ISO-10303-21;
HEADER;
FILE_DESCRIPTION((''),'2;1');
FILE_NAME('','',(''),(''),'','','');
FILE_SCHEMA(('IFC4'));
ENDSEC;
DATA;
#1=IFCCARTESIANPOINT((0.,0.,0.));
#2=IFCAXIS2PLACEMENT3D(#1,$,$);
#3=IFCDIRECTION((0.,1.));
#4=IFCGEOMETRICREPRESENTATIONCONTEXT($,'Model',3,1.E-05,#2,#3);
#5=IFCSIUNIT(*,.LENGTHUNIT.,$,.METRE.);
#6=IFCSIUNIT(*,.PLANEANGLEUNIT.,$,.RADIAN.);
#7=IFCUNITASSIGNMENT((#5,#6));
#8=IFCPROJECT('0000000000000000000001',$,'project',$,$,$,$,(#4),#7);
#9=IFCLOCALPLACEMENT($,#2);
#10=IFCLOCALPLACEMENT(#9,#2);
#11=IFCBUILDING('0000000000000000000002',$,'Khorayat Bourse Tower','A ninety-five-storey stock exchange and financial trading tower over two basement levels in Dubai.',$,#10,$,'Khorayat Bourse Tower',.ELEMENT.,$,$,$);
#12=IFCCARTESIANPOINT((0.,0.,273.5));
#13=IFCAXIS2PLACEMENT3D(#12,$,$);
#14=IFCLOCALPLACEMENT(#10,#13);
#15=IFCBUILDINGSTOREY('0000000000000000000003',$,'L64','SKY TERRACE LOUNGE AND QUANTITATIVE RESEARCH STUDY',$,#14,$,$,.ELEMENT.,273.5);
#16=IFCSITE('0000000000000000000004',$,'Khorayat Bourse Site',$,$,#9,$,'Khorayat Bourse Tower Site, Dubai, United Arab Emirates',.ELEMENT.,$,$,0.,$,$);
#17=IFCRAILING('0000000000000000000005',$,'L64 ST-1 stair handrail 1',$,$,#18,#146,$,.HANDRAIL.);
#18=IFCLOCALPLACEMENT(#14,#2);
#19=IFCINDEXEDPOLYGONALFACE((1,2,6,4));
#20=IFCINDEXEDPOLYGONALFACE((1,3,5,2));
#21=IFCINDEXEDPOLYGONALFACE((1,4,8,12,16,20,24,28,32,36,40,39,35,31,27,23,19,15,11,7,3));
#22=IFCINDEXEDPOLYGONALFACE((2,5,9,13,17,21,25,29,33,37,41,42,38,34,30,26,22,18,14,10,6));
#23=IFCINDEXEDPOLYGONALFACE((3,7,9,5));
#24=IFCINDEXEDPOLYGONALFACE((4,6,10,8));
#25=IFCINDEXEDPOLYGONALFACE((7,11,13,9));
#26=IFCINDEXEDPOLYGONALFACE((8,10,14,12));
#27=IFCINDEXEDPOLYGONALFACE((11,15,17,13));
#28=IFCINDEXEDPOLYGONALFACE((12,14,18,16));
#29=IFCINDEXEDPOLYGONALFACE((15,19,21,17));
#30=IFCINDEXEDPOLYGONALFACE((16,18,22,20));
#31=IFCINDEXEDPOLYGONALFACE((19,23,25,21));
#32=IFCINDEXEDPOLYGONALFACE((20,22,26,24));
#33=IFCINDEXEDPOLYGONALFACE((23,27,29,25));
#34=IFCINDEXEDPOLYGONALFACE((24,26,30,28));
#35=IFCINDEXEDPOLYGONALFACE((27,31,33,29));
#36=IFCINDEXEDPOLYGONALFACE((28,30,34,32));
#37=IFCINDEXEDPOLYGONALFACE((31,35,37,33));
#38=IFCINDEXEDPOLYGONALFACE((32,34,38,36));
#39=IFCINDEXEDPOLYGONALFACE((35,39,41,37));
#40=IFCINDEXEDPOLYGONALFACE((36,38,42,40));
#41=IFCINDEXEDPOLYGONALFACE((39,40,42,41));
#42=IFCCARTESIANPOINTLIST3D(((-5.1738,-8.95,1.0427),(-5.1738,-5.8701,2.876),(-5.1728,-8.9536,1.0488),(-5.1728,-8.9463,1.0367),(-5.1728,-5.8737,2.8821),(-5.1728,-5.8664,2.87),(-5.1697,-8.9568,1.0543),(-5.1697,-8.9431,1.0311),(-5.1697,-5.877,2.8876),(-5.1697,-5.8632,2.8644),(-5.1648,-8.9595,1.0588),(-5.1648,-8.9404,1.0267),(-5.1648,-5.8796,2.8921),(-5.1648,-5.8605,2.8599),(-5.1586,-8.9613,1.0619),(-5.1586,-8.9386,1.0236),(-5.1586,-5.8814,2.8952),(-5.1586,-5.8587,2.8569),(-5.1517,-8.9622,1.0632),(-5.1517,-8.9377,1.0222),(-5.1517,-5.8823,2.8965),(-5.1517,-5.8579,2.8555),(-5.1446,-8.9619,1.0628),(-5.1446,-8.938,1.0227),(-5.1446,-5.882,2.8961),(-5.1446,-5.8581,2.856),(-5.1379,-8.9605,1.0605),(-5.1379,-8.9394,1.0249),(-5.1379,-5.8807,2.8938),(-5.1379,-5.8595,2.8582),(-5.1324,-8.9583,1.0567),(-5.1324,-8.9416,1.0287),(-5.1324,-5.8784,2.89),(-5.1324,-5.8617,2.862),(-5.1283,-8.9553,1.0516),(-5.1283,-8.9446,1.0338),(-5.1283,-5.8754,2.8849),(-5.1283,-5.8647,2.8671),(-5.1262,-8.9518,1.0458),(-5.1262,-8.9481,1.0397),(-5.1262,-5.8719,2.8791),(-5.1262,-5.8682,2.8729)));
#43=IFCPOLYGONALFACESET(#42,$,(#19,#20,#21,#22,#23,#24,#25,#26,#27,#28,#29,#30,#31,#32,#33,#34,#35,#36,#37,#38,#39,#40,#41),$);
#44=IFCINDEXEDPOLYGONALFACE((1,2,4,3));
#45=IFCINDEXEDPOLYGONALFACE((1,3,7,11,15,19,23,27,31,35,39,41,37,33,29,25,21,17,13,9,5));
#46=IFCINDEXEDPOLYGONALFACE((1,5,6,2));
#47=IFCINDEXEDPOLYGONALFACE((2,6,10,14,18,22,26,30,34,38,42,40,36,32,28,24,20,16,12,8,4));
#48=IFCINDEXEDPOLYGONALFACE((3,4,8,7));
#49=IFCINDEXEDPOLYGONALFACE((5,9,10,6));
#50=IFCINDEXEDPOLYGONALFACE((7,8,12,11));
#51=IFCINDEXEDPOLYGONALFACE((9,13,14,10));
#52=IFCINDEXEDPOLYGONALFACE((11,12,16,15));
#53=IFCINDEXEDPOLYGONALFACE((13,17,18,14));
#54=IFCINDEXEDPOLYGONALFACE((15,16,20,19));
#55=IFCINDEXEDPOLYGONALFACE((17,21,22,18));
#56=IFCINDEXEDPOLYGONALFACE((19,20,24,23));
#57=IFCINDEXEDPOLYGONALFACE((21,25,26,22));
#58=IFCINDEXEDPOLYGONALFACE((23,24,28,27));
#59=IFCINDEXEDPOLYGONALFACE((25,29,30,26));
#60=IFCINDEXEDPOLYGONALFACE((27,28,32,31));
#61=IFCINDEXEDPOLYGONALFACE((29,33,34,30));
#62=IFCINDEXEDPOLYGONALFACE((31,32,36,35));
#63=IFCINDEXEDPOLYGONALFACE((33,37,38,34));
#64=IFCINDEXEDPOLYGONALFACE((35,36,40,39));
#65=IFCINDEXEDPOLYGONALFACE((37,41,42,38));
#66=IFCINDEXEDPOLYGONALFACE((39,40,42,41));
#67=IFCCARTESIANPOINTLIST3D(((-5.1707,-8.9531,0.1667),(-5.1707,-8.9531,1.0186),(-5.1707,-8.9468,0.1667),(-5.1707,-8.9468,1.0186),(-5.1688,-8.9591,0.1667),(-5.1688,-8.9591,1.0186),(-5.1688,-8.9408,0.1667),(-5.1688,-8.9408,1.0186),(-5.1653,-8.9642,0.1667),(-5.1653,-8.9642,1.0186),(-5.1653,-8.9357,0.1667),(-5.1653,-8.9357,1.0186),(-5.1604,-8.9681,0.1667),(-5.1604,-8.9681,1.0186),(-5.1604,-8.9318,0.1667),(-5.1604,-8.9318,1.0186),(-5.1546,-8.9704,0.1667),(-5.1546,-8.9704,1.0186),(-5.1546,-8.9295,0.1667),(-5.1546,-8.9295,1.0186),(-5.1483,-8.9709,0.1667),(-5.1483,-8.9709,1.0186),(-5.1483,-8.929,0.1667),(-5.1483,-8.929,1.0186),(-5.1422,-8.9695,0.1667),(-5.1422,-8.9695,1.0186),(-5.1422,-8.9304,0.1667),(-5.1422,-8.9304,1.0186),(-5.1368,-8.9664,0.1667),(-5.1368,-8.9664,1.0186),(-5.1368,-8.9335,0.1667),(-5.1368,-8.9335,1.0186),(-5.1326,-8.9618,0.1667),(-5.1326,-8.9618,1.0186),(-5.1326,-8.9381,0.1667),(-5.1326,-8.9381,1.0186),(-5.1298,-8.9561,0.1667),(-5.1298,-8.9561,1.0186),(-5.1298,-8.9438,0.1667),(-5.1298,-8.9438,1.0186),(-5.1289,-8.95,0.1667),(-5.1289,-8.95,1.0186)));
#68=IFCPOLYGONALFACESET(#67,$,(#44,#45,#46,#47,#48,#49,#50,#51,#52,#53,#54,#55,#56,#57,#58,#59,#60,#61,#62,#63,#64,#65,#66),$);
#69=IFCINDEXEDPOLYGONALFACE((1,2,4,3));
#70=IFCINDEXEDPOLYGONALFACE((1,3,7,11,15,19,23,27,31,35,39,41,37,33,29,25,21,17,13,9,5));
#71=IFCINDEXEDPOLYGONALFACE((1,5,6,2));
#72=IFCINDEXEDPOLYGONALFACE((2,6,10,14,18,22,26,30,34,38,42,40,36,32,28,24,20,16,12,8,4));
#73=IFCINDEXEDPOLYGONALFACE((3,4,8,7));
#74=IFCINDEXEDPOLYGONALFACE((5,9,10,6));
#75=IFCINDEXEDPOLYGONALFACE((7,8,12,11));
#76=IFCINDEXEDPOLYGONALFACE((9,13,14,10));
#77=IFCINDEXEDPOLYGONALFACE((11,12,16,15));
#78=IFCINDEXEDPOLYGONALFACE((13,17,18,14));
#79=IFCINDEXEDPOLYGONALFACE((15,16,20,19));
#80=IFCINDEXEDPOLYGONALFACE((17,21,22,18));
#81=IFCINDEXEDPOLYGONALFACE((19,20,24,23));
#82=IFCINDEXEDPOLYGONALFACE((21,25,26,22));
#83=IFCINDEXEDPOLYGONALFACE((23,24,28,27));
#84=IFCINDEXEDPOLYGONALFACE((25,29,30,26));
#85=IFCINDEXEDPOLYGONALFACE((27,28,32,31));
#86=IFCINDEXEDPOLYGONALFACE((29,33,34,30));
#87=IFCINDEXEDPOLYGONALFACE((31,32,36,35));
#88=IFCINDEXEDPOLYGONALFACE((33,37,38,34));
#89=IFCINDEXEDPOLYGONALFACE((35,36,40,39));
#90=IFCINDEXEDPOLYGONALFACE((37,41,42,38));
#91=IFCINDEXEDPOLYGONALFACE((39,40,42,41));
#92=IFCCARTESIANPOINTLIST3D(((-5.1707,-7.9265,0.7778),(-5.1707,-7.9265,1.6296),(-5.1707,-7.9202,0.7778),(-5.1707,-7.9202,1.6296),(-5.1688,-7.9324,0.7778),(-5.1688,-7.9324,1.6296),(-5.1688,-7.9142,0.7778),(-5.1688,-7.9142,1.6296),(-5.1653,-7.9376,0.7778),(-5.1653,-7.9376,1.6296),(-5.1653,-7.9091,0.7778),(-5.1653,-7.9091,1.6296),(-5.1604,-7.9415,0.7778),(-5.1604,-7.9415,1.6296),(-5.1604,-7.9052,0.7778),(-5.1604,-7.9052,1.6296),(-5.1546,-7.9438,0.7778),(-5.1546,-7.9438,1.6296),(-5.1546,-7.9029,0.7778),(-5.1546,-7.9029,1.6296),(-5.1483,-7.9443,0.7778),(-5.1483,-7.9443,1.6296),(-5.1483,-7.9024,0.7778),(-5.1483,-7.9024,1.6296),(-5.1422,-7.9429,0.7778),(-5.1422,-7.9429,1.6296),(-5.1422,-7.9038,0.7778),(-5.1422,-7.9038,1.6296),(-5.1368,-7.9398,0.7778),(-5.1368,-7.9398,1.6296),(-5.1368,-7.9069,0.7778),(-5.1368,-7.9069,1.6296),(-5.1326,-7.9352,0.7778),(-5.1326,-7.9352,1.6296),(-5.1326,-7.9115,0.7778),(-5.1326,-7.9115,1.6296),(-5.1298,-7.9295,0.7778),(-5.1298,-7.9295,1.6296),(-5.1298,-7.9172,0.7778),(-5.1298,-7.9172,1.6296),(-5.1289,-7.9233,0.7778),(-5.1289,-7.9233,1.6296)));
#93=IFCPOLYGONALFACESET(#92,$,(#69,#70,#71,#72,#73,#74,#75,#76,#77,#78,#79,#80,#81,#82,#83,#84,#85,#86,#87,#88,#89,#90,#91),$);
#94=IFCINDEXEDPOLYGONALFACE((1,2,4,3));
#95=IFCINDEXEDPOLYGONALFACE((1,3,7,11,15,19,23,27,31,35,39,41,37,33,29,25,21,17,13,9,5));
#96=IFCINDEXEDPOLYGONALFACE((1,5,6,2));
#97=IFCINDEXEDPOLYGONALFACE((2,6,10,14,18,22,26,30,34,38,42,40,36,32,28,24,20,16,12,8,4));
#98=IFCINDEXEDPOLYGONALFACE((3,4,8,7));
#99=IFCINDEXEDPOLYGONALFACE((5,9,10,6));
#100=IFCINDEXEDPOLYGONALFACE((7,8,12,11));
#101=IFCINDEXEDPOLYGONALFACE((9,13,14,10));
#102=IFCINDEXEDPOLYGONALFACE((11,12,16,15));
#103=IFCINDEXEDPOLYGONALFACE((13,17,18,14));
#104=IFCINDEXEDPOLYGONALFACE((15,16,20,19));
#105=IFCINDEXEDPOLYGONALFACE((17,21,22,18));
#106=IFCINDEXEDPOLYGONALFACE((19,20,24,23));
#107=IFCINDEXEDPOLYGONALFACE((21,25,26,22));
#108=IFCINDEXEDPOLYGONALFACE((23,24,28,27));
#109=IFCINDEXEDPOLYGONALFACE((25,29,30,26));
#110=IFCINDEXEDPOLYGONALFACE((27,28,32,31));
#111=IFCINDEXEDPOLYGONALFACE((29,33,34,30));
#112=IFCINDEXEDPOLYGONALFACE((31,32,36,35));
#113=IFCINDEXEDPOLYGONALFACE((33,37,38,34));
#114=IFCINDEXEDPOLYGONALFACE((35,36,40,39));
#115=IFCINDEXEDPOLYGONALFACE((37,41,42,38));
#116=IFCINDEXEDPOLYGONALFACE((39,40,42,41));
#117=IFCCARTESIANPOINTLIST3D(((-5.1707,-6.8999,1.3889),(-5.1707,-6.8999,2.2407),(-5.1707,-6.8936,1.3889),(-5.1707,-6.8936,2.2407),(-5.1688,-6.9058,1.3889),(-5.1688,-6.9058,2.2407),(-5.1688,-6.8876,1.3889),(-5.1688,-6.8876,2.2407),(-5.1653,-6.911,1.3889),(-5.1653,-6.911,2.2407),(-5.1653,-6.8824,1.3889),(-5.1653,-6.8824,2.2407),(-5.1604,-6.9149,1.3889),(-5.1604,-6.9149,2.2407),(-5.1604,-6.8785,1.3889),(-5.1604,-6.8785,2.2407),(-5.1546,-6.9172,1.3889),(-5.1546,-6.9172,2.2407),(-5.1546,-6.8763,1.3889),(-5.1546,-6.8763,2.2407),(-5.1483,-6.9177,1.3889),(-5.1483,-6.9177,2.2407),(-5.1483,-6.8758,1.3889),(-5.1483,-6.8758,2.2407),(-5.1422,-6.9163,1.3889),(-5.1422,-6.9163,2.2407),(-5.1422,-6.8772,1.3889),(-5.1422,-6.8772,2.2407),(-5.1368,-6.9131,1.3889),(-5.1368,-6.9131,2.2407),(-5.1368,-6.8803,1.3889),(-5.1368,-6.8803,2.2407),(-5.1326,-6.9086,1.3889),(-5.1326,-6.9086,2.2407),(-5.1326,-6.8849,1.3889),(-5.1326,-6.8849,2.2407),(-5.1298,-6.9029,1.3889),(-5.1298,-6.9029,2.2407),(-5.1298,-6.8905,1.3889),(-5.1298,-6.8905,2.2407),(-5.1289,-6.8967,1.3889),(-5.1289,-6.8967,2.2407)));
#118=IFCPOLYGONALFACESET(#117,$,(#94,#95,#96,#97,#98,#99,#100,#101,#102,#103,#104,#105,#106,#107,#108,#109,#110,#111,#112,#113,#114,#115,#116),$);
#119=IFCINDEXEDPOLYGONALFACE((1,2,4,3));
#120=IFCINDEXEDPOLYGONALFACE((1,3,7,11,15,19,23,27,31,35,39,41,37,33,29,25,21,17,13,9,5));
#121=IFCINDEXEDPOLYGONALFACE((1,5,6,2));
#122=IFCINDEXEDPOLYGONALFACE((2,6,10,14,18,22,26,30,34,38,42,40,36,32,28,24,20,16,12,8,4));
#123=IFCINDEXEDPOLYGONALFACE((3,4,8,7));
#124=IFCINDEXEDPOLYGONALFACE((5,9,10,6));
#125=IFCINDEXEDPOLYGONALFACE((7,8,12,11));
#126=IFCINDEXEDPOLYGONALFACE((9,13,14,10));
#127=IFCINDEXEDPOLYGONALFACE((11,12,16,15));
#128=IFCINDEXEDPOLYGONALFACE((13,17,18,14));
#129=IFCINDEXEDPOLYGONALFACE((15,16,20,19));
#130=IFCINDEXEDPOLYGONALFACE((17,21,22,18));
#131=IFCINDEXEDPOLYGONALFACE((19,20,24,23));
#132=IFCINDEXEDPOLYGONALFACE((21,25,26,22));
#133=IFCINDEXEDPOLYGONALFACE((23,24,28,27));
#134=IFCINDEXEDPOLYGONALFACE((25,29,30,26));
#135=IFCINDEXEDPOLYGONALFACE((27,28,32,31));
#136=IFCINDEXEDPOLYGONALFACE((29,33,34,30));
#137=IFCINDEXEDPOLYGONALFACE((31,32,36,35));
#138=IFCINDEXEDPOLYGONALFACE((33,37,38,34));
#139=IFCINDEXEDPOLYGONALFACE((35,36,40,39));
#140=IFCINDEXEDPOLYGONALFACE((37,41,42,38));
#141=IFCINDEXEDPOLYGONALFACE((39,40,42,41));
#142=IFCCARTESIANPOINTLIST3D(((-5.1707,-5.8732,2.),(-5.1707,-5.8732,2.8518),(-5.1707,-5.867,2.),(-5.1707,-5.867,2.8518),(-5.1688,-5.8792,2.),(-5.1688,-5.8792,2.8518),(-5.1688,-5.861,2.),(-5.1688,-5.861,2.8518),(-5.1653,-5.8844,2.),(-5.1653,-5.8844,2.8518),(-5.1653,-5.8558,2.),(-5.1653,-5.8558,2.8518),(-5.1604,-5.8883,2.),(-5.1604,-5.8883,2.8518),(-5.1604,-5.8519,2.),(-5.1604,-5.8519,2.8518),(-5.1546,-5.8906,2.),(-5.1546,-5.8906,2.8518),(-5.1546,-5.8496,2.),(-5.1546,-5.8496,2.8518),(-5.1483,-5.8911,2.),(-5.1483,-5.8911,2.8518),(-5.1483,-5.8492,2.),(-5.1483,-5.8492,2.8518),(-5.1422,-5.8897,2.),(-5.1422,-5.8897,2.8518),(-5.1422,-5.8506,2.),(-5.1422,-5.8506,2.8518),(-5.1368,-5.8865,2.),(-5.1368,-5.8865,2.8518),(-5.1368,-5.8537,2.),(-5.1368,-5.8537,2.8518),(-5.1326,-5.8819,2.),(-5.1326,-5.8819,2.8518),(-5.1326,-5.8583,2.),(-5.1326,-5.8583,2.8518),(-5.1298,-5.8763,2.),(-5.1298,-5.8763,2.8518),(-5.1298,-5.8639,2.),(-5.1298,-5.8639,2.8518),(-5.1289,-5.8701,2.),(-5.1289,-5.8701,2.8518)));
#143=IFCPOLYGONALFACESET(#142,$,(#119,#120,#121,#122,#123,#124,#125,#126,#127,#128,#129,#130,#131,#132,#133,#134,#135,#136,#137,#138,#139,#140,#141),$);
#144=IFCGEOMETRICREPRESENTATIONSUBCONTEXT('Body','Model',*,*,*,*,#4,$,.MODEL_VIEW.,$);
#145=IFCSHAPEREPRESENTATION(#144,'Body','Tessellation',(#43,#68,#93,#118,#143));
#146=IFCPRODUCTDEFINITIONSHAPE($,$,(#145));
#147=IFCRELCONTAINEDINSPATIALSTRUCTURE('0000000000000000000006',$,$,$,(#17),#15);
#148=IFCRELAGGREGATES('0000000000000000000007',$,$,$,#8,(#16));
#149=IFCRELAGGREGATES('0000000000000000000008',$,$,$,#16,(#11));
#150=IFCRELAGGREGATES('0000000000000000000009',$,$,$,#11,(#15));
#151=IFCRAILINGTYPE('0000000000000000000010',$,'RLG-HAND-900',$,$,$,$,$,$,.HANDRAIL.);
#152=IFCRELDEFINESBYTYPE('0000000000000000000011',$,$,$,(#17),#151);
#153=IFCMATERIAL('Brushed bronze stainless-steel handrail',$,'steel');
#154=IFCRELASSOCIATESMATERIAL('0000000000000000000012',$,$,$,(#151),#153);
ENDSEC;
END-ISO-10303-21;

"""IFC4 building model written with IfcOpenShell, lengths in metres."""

from ifc_helpers import new_model, si_unit, direction, frame, origin, origin_2d, place, context, subcontext, project, spatial, circle, extrude, source, transform, mapped, material, type_object, element, save


model = new_model("IFC4")

# Units and contexts
model_context = context("Model", 3, precision=1e-05, world=origin(), true_north=direction((0.0, 1.0)))
body_context = subcontext(model_context, "Body", "Model", "MODEL_VIEW")
ifc_project = project(units=[si_unit("LENGTHUNIT", "METRE"), si_unit("PLANEANGLEUNIT", "RADIAN")], contexts=[model_context])

# Site, building, storey
site_placement = place(None, origin())
site = spatial("IfcSite", under=ifc_project, at=site_placement, Name="Khorayat Bourse Site", LongName="Khorayat Bourse Tower Site, Dubai, United Arab Emirates", CompositionType="ELEMENT", RefElevation=0.0)
building_placement = place(site_placement, origin())
building = spatial("IfcBuilding", under=site, at=building_placement, Name="Khorayat Bourse Tower", Description="A ninety-five-storey stock exchange and financial trading tower over two basement levels in Dubai.", LongName="Khorayat Bourse Tower", CompositionType="ELEMENT")
storey_placement = place(building_placement, frame((0.0, 0.0, 273.5)))
storey = spatial("IfcBuildingStorey", under=building, at=storey_placement, Name="L64", Description="SKY TERRACE LOUNGE AND QUANTITATIVE RESEARCH STUDY", CompositionType="ELEMENT", Elevation=273.5)

# Railing
ifc_material_1 = material(Name="Brushed bronze stainless-steel handrail", Category="steel")
railing_type_1 = type_object("IfcRailingType", Name="RLG-HAND-900", PredefinedType="HANDRAIL", material=ifc_material_1)
shared_shape_1 = source(origin(), body_context, "Body", "SweptSolid", [
    extrude(circle(Radius=0.0239, at=origin_2d()), frame((0.0, 0.0, 0.876), z_axis=(0.0, 0.859291, 0.511487), x_axis=(-1.0, 0.0, 0.0)), (0.0, 0.0, 1.0), 3.5842),
    extrude(circle(Radius=0.021, at=origin_2d()), origin(), (0.0, 0.0, 1.0), 0.8518),
    extrude(circle(Radius=0.021, at=origin_2d()), frame((0.0, 1.0266, 0.6111)), (0.0, 0.0, 1.0), 0.8518),
    extrude(circle(Radius=0.021, at=origin_2d()), frame((0.0, 2.0532, 1.2222)), (0.0, 0.0, 1.0), 0.8518),
    extrude(circle(Radius=0.021, at=origin_2d()), frame((0.0, 3.0798, 1.8333)), (0.0, 0.0, 1.0), 0.8518),
])
railing_1_placement = place(storey_placement, frame((-5.1499, -8.95, 0.1667)))
element("IfcRailing", 1, at=railing_1_placement, inside=storey, type_object=railing_type_1, Name="L64 ST-1 stair handrail 1", PredefinedType="HANDRAIL", context=body_context, shape_type="MappedRepresentation", body=[
    mapped(shared_shape_1, transform((0.0, 0.0, 0.0), scale=1.0)),
])

save(model, "model.ifc")
